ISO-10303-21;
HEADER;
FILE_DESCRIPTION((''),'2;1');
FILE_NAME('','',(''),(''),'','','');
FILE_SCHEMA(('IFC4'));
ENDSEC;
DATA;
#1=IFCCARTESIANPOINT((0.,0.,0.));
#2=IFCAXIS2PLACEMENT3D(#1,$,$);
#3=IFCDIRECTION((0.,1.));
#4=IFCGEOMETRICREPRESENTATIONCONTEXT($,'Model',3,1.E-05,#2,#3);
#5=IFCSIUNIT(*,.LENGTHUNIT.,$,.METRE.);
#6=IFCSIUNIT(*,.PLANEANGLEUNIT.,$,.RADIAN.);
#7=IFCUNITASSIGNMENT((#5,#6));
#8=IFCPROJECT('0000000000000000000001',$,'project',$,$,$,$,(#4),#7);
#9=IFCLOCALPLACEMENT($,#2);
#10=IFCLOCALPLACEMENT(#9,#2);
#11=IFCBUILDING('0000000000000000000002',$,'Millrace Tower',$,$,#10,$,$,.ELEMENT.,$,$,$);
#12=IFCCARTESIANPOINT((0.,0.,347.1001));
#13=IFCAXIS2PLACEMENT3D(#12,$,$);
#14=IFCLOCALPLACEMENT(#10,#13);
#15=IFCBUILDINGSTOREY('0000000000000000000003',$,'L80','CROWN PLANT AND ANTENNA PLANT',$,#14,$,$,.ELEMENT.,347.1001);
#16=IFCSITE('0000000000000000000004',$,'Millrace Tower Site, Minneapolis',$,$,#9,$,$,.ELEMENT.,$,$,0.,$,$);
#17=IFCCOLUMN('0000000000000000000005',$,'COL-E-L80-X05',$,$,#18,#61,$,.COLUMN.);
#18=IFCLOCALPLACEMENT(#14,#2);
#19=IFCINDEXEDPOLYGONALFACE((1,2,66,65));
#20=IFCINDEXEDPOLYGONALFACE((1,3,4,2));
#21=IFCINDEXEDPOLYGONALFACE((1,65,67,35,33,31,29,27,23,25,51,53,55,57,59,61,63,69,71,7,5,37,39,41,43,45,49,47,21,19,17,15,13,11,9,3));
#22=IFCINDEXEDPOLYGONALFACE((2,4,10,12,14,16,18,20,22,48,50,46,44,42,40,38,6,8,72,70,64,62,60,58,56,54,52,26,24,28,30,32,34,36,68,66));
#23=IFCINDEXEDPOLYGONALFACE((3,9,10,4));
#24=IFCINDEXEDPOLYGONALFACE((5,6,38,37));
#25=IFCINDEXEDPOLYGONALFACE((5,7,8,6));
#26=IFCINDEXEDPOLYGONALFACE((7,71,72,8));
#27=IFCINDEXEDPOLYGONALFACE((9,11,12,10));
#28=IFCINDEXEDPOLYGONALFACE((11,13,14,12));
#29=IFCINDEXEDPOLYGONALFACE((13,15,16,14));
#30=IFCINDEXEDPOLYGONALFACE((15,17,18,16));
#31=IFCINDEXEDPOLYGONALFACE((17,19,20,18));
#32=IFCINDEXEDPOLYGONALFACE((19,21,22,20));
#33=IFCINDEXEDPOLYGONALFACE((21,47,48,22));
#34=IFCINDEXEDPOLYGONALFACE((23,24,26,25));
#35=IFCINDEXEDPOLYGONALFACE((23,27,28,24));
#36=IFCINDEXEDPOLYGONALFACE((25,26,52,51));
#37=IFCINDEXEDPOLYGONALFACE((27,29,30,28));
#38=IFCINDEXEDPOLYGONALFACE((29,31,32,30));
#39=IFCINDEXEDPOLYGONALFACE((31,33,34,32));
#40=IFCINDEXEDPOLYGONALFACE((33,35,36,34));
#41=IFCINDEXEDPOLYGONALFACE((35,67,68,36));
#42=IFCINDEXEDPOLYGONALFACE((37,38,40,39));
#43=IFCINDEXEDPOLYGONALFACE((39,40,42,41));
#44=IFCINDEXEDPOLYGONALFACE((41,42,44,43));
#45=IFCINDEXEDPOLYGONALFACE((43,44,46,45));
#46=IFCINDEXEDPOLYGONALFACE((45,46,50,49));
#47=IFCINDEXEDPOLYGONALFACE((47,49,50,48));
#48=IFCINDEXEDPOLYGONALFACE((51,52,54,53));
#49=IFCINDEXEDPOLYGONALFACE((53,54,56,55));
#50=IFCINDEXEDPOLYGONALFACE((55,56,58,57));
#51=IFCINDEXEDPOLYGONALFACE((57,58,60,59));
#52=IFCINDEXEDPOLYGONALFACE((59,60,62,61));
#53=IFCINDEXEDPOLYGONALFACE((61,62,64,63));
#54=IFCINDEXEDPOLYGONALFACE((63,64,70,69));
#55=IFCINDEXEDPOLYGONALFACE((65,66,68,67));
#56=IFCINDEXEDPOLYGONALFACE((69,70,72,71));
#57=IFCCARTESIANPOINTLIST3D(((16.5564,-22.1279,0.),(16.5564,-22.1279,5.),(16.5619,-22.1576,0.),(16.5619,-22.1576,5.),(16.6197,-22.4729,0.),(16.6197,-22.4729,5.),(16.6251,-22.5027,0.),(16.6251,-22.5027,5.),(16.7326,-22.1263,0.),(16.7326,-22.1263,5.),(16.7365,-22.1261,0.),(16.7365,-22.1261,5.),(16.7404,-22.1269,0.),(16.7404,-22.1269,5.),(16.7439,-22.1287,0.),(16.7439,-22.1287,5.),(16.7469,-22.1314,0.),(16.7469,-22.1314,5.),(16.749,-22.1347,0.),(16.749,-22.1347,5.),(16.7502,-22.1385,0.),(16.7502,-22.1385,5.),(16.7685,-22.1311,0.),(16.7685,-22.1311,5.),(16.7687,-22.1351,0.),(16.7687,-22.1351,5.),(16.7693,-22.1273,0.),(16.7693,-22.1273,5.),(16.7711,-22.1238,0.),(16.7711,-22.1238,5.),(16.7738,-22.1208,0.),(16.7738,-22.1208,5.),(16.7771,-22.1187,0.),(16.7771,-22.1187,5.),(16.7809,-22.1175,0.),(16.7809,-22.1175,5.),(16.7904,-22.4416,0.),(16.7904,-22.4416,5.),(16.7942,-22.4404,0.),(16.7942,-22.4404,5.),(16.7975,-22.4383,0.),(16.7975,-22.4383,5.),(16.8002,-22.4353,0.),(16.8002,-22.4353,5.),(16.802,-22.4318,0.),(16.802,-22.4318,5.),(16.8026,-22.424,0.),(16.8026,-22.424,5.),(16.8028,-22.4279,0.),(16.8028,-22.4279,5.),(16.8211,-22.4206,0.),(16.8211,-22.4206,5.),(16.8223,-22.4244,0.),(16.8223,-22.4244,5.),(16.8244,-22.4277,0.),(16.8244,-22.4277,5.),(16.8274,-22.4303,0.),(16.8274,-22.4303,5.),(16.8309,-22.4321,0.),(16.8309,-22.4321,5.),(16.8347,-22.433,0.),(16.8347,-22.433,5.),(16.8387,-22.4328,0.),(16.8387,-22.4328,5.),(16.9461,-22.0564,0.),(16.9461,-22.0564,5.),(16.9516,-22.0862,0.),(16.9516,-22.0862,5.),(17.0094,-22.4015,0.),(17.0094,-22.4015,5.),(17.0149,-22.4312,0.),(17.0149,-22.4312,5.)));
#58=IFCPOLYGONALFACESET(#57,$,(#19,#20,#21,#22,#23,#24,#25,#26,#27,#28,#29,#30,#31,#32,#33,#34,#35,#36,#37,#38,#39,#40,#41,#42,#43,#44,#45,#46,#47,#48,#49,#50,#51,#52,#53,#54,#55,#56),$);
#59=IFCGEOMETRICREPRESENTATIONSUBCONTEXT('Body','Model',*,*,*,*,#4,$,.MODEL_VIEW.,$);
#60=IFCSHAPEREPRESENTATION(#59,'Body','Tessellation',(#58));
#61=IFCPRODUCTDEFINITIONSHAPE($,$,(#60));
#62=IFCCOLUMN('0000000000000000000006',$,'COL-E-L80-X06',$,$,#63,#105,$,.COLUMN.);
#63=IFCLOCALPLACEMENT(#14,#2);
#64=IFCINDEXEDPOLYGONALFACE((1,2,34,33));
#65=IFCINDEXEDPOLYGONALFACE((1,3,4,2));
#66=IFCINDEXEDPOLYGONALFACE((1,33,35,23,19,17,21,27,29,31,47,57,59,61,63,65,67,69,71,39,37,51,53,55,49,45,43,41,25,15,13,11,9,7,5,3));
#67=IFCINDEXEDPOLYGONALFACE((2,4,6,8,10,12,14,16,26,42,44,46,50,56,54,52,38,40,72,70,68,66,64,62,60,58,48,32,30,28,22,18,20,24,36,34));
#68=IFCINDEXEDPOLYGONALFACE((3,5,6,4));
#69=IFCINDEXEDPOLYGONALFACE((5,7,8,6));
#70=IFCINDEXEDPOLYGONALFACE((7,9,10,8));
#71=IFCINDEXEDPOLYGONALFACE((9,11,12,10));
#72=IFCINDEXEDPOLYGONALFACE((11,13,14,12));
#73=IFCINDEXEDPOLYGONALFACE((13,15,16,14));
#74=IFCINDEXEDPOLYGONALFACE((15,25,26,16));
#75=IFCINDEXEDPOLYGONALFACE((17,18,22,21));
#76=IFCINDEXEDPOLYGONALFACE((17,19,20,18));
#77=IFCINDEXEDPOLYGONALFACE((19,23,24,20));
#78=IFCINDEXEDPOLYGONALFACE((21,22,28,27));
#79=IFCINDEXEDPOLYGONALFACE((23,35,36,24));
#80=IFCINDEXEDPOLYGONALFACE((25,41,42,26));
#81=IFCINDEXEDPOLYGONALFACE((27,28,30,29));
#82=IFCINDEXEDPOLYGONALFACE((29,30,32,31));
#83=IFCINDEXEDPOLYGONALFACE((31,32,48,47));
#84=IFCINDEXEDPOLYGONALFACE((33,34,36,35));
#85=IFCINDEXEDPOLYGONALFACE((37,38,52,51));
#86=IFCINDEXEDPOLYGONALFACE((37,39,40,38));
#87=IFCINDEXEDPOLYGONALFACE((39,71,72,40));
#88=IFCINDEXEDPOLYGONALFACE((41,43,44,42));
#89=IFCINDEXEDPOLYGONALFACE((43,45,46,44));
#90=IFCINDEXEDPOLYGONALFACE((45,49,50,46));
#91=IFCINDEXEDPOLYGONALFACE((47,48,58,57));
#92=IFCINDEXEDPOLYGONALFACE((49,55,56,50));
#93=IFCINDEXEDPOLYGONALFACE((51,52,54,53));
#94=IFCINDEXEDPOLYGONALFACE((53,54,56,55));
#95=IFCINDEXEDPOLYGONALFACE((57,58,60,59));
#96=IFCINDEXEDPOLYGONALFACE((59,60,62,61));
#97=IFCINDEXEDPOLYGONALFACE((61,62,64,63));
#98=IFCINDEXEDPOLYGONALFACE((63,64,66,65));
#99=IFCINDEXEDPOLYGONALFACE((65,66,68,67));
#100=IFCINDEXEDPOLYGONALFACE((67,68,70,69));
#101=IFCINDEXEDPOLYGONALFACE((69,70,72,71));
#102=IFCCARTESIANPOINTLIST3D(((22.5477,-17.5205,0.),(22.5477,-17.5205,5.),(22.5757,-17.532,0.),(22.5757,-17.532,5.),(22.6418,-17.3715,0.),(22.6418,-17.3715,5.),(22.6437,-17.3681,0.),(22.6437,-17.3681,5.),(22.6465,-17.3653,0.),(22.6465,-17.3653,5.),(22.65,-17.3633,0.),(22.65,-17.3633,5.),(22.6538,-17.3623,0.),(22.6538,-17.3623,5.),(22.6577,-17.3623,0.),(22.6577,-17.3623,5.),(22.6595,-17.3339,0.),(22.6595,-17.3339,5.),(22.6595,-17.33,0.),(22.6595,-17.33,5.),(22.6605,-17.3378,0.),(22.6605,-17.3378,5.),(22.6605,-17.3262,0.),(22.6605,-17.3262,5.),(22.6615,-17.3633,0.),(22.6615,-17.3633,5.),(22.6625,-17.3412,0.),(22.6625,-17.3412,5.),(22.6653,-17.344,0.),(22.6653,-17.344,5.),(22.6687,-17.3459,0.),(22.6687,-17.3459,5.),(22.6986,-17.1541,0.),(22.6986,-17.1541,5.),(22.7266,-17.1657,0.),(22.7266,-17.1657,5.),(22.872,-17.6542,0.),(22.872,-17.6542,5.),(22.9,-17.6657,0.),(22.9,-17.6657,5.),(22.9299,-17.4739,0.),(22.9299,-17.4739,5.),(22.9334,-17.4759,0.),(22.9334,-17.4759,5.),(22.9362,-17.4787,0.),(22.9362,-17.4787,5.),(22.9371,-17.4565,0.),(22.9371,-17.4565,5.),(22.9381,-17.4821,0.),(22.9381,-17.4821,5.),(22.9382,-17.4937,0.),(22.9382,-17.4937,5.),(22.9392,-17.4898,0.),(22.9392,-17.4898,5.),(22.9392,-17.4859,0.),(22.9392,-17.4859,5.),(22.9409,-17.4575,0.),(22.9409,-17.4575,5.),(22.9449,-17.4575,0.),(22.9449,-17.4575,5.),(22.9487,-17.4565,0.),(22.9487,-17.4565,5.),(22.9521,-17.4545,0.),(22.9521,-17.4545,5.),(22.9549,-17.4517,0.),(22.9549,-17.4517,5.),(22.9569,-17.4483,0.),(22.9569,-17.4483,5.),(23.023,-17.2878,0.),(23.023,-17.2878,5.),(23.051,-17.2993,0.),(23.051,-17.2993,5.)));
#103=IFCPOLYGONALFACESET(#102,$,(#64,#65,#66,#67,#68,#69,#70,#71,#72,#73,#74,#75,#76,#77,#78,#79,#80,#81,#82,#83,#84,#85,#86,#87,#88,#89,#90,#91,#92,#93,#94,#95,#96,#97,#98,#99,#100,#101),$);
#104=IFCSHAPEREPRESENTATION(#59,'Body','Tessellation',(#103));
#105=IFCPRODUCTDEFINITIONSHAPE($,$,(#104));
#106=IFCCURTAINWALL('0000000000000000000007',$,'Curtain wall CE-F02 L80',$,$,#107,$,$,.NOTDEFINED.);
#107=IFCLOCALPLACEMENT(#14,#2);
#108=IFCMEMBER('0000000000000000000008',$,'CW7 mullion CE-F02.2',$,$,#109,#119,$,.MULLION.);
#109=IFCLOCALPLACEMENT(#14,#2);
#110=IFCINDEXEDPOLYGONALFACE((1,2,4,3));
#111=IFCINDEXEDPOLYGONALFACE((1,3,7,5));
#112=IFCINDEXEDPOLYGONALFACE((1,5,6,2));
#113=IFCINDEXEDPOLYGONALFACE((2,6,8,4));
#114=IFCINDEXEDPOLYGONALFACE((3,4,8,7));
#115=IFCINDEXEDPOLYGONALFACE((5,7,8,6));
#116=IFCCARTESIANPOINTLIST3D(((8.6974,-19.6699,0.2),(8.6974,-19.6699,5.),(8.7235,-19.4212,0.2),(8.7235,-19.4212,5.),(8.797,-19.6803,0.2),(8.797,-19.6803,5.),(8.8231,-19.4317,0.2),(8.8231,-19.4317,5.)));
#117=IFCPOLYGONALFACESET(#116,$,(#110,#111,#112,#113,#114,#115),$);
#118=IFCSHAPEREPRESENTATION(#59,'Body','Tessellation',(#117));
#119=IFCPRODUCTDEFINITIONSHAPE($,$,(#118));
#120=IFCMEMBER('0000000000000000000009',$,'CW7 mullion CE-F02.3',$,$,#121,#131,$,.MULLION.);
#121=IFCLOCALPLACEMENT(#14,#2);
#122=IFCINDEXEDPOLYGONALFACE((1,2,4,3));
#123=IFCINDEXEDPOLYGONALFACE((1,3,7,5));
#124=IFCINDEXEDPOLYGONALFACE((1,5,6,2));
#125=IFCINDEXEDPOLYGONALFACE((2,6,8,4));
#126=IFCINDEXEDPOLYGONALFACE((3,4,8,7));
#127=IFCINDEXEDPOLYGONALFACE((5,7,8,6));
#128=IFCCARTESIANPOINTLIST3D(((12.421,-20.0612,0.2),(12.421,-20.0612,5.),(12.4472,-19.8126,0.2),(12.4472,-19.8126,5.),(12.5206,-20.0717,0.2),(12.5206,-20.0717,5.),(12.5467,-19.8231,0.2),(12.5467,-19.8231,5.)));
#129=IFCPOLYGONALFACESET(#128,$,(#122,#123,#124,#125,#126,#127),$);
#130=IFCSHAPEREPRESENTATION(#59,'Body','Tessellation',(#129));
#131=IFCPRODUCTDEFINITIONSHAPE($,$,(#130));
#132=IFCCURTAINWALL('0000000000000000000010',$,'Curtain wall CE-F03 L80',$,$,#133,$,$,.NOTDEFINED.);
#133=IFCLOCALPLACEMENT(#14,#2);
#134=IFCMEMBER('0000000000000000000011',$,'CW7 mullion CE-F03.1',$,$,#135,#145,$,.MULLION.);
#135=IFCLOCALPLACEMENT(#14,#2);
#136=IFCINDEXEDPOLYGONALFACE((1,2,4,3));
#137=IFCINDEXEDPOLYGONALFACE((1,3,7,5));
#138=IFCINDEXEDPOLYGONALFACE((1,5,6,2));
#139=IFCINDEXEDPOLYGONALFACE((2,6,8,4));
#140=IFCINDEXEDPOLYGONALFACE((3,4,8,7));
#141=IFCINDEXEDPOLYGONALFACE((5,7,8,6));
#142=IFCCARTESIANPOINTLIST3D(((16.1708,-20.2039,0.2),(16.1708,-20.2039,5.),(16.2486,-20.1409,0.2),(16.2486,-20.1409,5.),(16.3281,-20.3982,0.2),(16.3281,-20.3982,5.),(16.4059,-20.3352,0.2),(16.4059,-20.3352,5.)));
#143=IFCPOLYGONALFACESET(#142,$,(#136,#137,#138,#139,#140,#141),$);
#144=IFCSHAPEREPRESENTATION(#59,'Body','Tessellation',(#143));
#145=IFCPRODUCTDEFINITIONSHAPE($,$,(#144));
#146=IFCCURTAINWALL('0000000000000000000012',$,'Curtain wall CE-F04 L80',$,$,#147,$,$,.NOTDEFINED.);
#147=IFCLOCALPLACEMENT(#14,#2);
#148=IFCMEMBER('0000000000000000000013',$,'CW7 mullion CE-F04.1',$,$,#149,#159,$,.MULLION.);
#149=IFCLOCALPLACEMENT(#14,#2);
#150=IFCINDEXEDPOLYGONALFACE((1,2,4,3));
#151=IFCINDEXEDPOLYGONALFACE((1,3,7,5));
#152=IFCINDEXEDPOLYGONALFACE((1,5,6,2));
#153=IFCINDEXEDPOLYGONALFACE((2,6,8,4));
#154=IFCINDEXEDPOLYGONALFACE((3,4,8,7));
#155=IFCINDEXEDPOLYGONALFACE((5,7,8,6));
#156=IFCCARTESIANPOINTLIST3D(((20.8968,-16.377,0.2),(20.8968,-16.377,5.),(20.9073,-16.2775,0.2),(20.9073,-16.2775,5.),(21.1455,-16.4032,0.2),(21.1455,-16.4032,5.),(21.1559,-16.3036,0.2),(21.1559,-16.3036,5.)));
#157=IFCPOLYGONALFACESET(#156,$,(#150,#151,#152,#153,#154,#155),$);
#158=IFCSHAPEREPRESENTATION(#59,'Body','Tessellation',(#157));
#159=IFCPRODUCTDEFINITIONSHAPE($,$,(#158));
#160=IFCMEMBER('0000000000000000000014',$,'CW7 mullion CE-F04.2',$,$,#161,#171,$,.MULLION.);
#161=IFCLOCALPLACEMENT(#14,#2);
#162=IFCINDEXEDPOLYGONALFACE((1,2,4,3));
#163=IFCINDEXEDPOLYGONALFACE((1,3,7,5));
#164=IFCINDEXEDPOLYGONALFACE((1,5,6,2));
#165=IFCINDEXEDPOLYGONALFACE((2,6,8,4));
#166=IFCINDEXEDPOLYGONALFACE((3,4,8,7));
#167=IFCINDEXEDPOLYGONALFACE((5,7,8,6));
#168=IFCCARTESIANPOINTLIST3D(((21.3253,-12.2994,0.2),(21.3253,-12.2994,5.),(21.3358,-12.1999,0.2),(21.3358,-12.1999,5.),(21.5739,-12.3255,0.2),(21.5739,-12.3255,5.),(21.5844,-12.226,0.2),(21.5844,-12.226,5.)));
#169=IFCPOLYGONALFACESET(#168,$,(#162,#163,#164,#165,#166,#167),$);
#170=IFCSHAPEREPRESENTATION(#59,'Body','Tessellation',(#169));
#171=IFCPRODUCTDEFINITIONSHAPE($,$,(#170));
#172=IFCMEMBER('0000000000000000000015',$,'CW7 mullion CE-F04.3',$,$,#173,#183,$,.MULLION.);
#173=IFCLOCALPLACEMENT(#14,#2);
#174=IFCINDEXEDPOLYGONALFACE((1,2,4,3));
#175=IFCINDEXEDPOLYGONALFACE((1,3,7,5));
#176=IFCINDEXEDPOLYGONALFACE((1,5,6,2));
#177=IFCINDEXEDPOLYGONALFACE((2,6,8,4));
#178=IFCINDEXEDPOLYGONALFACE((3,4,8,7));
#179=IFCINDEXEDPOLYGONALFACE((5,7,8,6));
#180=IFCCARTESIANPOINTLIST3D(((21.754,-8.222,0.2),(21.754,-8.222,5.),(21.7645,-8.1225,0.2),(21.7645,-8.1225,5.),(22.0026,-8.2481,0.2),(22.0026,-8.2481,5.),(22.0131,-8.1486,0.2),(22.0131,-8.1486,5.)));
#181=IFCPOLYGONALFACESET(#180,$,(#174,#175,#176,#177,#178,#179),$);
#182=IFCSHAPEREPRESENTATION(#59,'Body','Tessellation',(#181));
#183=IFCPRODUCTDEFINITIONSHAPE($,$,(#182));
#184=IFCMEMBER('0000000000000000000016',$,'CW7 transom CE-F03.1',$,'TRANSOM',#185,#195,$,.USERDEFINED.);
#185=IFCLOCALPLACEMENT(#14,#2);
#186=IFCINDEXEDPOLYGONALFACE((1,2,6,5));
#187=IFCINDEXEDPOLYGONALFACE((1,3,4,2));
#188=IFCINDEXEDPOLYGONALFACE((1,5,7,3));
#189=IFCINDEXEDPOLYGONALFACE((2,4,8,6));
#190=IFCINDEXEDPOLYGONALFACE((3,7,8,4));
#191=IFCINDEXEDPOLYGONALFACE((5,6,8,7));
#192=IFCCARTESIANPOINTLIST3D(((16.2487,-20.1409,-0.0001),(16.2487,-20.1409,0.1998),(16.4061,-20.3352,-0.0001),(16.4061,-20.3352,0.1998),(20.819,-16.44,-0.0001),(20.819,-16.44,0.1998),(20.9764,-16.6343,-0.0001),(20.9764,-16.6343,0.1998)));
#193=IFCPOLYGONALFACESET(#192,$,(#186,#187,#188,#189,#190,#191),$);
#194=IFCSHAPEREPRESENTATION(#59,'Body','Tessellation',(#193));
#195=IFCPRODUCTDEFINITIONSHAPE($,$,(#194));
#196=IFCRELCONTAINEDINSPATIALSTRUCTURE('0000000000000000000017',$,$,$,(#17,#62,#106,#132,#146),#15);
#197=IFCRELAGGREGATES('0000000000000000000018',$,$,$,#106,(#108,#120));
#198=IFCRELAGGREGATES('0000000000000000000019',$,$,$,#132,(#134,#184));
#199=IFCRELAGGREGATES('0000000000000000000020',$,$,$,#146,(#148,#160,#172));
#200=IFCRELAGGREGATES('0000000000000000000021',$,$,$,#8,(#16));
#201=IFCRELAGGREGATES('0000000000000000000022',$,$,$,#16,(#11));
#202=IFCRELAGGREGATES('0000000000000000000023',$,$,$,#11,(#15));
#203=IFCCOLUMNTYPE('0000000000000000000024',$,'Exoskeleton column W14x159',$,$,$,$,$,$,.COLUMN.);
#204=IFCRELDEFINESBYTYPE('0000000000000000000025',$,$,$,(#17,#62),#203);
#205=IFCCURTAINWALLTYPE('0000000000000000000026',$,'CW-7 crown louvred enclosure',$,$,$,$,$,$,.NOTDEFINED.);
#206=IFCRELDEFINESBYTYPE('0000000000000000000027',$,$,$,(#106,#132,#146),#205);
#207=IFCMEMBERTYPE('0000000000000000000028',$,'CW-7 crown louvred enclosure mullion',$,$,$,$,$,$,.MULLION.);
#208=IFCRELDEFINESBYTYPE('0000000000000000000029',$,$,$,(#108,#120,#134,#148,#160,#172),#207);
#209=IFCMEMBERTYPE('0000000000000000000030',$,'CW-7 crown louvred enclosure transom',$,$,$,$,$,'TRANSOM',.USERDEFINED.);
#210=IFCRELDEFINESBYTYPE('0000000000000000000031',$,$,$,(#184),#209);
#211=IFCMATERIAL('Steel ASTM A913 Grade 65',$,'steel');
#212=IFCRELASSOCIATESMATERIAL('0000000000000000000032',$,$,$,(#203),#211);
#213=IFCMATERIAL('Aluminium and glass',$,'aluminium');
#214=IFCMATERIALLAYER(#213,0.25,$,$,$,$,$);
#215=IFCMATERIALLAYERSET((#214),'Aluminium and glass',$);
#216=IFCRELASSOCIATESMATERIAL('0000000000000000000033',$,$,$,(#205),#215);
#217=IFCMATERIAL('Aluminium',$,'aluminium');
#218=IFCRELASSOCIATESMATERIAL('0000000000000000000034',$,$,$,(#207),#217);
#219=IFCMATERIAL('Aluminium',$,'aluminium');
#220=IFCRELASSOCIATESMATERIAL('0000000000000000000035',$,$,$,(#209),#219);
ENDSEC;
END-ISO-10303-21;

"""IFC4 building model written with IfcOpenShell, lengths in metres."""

from ifc_helpers import new_model, si_unit, direction, frame, origin, origin_2d, place, context, subcontext, project, spatial, rectangle, i_section, extrude, material, layer, layer_set, material_profile, profile_set, type_object, element, aggregate, save


model = new_model("IFC4")

# Units and contexts
model_context = context("Model", 3, precision=1e-05, world=origin(), true_north=direction((0.0, 1.0)))
body_context = subcontext(model_context, "Body", "Model", "MODEL_VIEW")
ifc_project = project(units=[si_unit("LENGTHUNIT", "METRE"), si_unit("PLANEANGLEUNIT", "RADIAN")], contexts=[model_context])

# Site, building, storey
site_placement = place(None, origin())
site = spatial("IfcSite", under=ifc_project, at=site_placement, Name="Millrace Tower Site, Minneapolis", CompositionType="ELEMENT", RefElevation=0.0)
building_placement = place(site_placement, origin())
building = spatial("IfcBuilding", under=site, at=building_placement, Name="Millrace Tower", CompositionType="ELEMENT")
storey_placement = place(building_placement, frame((0.0, 0.0, 347.1001)))
storey = spatial("IfcBuildingStorey", under=building, at=storey_placement, Name="L80", Description="CROWN PLANT AND ANTENNA PLANT", CompositionType="ELEMENT", Elevation=347.1001)

# Columns
ifc_material_1 = material(Name="Steel ASTM A913 Grade 65", Category="steel")
ifc_material_profile_1 = material_profile(ifc_material_1, i_section(OverallWidth=0.3962, OverallDepth=0.3811, WebThickness=0.0188, FlangeThickness=0.0303, FilletRadius=0.0151, at=origin_2d()))
ifc_profile_set_1 = profile_set([ifc_material_profile_1], Name="Steel ASTM A913 Grade 65")
column_type = type_object("IfcColumnType", Name="Exoskeleton column W14x159", PredefinedType="COLUMN", material=ifc_profile_set_1)
for number, where, z_axis, x_axis, name in (
    (1, (16.7856, -22.2795, 0.0), (0.0, 0.0, 1.0), (0.983596, 0.180387, 0.0), "COL-E-L80-X05"),
    (2, (22.7993, -17.4099, 0.0), (0.0, 0.0, 1.0), (0.380947, 0.924597, 0.0), "COL-E-L80-X06"),
):
    element("IfcColumn", number, at=place(storey_placement, frame(where, z_axis=z_axis, x_axis=x_axis)), inside=storey, type_object=column_type, Name=name, PredefinedType="COLUMN", context=body_context, shape_type="SweptSolid", body=[
        extrude(i_section(OverallWidth=0.3962, OverallDepth=0.3811, WebThickness=0.0188, FlangeThickness=0.0303, FilletRadius=0.0151, at=origin_2d()), origin(), (0.0, 0.0, 1.0), 5.0),
    ])

# Curtain wall, members
ifc_material_2 = material(Name="Aluminium and glass", Category="aluminium")
ifc_layer_1 = layer(ifc_material_2, 0.25)
ifc_layer_set_1 = layer_set([ifc_layer_1], Name="Aluminium and glass")
curtain_wall_type = type_object("IfcCurtainWallType", Name="CW-7 crown louvred enclosure", PredefinedType="NOTDEFINED", material=ifc_layer_set_1)
placement = place(storey_placement, origin())
curtain_wall_1 = element("IfcCurtainWall", 3, at=placement, inside=storey, type_object=curtain_wall_type, Name="Curtain wall CE-F02 L80", PredefinedType="NOTDEFINED")
ifc_material_3 = material(Name="Aluminium", Category="aluminium")
ifc_material_profile_2 = material_profile(ifc_material_3, rectangle(XDim=0.1001, YDim=0.25, at=origin_2d()))
ifc_profile_set_2 = profile_set([ifc_material_profile_2], Name="Aluminium")
member_type_1 = type_object("IfcMemberType", Name="CW-7 crown louvred enclosure mullion", PredefinedType="MULLION", material=ifc_profile_set_2)
member_1_placement = place(storey_placement, frame((8.7603, -19.5508, 0.2), z_axis=(0.0, 0.0, 1.0), x_axis=(0.994522, -0.104528, 0.0)))
member_1 = element("IfcMember", 4, at=member_1_placement, type_object=member_type_1, Name="CW7 mullion CE-F02.2", PredefinedType="MULLION", context=body_context, shape_type="SweptSolid", body=[
    extrude(rectangle(XDim=0.1001, YDim=0.25, at=origin_2d()), origin(), (0.0, 0.0, 1.0), 4.8),
])
member_2_placement = place(storey_placement, frame((12.4839, -19.9421, 0.2), z_axis=(0.0, 0.0, 1.0), x_axis=(0.994522, -0.104528, 0.0)))
member_2 = element("IfcMember", 5, at=member_2_placement, type_object=member_type_1, Name="CW7 mullion CE-F02.3", PredefinedType="MULLION", context=body_context, shape_type="SweptSolid", body=[
    extrude(rectangle(XDim=0.1001, YDim=0.25, at=origin_2d()), origin(), (0.0, 0.0, 1.0), 4.8),
])
aggregate(curtain_wall_1, [member_1, member_2])

# Curtain wall, member
curtain_wall_2 = element("IfcCurtainWall", 6, at=placement, inside=storey, type_object=curtain_wall_type, Name="Curtain wall CE-F03 L80", PredefinedType="NOTDEFINED")
member_3_placement = place(storey_placement, frame((16.2883, -20.2695, 0.2), z_axis=(0.0, 0.0, 1.0), x_axis=(0.777146, 0.62932, 0.0)))
member_3 = element("IfcMember", 7, at=member_3_placement, type_object=member_type_1, Name="CW7 mullion CE-F03.1", PredefinedType="MULLION", context=body_context, shape_type="SweptSolid", body=[
    extrude(rectangle(XDim=0.1001, YDim=0.25, at=origin_2d()), origin(), (0.0, 0.0, 1.0), 4.8),
])

# Curtain wall, members
curtain_wall_3 = element("IfcCurtainWall", 8, at=placement, inside=storey, type_object=curtain_wall_type, Name="Curtain wall CE-F04 L80", PredefinedType="NOTDEFINED")
member_4_placement = place(storey_placement, frame((21.0264, -16.3403, 0.2), z_axis=(0.0, 0.0, 1.0), x_axis=(0.104528, 0.994522, 0.0)))
member_4 = element("IfcMember", 9, at=member_4_placement, type_object=member_type_1, Name="CW7 mullion CE-F04.1", PredefinedType="MULLION", context=body_context, shape_type="SweptSolid", body=[
    extrude(rectangle(XDim=0.1001, YDim=0.25, at=origin_2d()), origin(), (0.0, 0.0, 1.0), 4.8),
])
member_5_placement = place(storey_placement, frame((21.4548, -12.2627, 0.2), z_axis=(0.0, 0.0, 1.0), x_axis=(0.104528, 0.994522, 0.0)))
member_5 = element("IfcMember", 10, at=member_5_placement, type_object=member_type_1, Name="CW7 mullion CE-F04.2", PredefinedType="MULLION", context=body_context, shape_type="SweptSolid", body=[
    extrude(rectangle(XDim=0.1001, YDim=0.25, at=origin_2d()), origin(), (0.0, 0.0, 1.0), 4.8),
])
member_6_placement = place(storey_placement, frame((21.8835, -8.1853, 0.2), z_axis=(0.0, 0.0, 1.0), x_axis=(0.104528, 0.994522, 0.0)))
member_6 = element("IfcMember", 11, at=member_6_placement, type_object=member_type_1, Name="CW7 mullion CE-F04.3", PredefinedType="MULLION", context=body_context, shape_type="SweptSolid", body=[
    extrude(rectangle(XDim=0.1001, YDim=0.25, at=origin_2d()), origin(), (0.0, 0.0, 1.0), 4.8),
])

# Member
ifc_material_4 = material(Name="Aluminium", Category="aluminium")
ifc_material_profile_3 = material_profile(ifc_material_4, rectangle(XDim=0.25, YDim=0.2, at=origin_2d()))
ifc_profile_set_3 = profile_set([ifc_material_profile_3], Name="Aluminium")
member_type_2 = type_object("IfcMemberType", Name="CW-7 crown louvred enclosure transom", ElementType="TRANSOM", PredefinedType="USERDEFINED", material=ifc_profile_set_3)
member_7_placement = place(storey_placement, frame((16.3274, -20.238, 0.0999), z_axis=(0.777149, 0.629316, 0.0), x_axis=(-0.629316, 0.777149, 0.0)))
member_7 = element("IfcMember", 12, at=member_7_placement, type_object=member_type_2, Name="CW7 transom CE-F03.1", ObjectType="TRANSOM", PredefinedType="USERDEFINED", context=body_context, shape_type="SweptSolid", body=[
    extrude(rectangle(XDim=0.25, YDim=0.2, at=origin_2d()), origin(), (0.0, 0.0, 1.0), 5.8809),
])
aggregate(curtain_wall_2, [member_3, member_7])
aggregate(curtain_wall_3, [member_4, member_5, member_6])

save(model, "model.ifc")
